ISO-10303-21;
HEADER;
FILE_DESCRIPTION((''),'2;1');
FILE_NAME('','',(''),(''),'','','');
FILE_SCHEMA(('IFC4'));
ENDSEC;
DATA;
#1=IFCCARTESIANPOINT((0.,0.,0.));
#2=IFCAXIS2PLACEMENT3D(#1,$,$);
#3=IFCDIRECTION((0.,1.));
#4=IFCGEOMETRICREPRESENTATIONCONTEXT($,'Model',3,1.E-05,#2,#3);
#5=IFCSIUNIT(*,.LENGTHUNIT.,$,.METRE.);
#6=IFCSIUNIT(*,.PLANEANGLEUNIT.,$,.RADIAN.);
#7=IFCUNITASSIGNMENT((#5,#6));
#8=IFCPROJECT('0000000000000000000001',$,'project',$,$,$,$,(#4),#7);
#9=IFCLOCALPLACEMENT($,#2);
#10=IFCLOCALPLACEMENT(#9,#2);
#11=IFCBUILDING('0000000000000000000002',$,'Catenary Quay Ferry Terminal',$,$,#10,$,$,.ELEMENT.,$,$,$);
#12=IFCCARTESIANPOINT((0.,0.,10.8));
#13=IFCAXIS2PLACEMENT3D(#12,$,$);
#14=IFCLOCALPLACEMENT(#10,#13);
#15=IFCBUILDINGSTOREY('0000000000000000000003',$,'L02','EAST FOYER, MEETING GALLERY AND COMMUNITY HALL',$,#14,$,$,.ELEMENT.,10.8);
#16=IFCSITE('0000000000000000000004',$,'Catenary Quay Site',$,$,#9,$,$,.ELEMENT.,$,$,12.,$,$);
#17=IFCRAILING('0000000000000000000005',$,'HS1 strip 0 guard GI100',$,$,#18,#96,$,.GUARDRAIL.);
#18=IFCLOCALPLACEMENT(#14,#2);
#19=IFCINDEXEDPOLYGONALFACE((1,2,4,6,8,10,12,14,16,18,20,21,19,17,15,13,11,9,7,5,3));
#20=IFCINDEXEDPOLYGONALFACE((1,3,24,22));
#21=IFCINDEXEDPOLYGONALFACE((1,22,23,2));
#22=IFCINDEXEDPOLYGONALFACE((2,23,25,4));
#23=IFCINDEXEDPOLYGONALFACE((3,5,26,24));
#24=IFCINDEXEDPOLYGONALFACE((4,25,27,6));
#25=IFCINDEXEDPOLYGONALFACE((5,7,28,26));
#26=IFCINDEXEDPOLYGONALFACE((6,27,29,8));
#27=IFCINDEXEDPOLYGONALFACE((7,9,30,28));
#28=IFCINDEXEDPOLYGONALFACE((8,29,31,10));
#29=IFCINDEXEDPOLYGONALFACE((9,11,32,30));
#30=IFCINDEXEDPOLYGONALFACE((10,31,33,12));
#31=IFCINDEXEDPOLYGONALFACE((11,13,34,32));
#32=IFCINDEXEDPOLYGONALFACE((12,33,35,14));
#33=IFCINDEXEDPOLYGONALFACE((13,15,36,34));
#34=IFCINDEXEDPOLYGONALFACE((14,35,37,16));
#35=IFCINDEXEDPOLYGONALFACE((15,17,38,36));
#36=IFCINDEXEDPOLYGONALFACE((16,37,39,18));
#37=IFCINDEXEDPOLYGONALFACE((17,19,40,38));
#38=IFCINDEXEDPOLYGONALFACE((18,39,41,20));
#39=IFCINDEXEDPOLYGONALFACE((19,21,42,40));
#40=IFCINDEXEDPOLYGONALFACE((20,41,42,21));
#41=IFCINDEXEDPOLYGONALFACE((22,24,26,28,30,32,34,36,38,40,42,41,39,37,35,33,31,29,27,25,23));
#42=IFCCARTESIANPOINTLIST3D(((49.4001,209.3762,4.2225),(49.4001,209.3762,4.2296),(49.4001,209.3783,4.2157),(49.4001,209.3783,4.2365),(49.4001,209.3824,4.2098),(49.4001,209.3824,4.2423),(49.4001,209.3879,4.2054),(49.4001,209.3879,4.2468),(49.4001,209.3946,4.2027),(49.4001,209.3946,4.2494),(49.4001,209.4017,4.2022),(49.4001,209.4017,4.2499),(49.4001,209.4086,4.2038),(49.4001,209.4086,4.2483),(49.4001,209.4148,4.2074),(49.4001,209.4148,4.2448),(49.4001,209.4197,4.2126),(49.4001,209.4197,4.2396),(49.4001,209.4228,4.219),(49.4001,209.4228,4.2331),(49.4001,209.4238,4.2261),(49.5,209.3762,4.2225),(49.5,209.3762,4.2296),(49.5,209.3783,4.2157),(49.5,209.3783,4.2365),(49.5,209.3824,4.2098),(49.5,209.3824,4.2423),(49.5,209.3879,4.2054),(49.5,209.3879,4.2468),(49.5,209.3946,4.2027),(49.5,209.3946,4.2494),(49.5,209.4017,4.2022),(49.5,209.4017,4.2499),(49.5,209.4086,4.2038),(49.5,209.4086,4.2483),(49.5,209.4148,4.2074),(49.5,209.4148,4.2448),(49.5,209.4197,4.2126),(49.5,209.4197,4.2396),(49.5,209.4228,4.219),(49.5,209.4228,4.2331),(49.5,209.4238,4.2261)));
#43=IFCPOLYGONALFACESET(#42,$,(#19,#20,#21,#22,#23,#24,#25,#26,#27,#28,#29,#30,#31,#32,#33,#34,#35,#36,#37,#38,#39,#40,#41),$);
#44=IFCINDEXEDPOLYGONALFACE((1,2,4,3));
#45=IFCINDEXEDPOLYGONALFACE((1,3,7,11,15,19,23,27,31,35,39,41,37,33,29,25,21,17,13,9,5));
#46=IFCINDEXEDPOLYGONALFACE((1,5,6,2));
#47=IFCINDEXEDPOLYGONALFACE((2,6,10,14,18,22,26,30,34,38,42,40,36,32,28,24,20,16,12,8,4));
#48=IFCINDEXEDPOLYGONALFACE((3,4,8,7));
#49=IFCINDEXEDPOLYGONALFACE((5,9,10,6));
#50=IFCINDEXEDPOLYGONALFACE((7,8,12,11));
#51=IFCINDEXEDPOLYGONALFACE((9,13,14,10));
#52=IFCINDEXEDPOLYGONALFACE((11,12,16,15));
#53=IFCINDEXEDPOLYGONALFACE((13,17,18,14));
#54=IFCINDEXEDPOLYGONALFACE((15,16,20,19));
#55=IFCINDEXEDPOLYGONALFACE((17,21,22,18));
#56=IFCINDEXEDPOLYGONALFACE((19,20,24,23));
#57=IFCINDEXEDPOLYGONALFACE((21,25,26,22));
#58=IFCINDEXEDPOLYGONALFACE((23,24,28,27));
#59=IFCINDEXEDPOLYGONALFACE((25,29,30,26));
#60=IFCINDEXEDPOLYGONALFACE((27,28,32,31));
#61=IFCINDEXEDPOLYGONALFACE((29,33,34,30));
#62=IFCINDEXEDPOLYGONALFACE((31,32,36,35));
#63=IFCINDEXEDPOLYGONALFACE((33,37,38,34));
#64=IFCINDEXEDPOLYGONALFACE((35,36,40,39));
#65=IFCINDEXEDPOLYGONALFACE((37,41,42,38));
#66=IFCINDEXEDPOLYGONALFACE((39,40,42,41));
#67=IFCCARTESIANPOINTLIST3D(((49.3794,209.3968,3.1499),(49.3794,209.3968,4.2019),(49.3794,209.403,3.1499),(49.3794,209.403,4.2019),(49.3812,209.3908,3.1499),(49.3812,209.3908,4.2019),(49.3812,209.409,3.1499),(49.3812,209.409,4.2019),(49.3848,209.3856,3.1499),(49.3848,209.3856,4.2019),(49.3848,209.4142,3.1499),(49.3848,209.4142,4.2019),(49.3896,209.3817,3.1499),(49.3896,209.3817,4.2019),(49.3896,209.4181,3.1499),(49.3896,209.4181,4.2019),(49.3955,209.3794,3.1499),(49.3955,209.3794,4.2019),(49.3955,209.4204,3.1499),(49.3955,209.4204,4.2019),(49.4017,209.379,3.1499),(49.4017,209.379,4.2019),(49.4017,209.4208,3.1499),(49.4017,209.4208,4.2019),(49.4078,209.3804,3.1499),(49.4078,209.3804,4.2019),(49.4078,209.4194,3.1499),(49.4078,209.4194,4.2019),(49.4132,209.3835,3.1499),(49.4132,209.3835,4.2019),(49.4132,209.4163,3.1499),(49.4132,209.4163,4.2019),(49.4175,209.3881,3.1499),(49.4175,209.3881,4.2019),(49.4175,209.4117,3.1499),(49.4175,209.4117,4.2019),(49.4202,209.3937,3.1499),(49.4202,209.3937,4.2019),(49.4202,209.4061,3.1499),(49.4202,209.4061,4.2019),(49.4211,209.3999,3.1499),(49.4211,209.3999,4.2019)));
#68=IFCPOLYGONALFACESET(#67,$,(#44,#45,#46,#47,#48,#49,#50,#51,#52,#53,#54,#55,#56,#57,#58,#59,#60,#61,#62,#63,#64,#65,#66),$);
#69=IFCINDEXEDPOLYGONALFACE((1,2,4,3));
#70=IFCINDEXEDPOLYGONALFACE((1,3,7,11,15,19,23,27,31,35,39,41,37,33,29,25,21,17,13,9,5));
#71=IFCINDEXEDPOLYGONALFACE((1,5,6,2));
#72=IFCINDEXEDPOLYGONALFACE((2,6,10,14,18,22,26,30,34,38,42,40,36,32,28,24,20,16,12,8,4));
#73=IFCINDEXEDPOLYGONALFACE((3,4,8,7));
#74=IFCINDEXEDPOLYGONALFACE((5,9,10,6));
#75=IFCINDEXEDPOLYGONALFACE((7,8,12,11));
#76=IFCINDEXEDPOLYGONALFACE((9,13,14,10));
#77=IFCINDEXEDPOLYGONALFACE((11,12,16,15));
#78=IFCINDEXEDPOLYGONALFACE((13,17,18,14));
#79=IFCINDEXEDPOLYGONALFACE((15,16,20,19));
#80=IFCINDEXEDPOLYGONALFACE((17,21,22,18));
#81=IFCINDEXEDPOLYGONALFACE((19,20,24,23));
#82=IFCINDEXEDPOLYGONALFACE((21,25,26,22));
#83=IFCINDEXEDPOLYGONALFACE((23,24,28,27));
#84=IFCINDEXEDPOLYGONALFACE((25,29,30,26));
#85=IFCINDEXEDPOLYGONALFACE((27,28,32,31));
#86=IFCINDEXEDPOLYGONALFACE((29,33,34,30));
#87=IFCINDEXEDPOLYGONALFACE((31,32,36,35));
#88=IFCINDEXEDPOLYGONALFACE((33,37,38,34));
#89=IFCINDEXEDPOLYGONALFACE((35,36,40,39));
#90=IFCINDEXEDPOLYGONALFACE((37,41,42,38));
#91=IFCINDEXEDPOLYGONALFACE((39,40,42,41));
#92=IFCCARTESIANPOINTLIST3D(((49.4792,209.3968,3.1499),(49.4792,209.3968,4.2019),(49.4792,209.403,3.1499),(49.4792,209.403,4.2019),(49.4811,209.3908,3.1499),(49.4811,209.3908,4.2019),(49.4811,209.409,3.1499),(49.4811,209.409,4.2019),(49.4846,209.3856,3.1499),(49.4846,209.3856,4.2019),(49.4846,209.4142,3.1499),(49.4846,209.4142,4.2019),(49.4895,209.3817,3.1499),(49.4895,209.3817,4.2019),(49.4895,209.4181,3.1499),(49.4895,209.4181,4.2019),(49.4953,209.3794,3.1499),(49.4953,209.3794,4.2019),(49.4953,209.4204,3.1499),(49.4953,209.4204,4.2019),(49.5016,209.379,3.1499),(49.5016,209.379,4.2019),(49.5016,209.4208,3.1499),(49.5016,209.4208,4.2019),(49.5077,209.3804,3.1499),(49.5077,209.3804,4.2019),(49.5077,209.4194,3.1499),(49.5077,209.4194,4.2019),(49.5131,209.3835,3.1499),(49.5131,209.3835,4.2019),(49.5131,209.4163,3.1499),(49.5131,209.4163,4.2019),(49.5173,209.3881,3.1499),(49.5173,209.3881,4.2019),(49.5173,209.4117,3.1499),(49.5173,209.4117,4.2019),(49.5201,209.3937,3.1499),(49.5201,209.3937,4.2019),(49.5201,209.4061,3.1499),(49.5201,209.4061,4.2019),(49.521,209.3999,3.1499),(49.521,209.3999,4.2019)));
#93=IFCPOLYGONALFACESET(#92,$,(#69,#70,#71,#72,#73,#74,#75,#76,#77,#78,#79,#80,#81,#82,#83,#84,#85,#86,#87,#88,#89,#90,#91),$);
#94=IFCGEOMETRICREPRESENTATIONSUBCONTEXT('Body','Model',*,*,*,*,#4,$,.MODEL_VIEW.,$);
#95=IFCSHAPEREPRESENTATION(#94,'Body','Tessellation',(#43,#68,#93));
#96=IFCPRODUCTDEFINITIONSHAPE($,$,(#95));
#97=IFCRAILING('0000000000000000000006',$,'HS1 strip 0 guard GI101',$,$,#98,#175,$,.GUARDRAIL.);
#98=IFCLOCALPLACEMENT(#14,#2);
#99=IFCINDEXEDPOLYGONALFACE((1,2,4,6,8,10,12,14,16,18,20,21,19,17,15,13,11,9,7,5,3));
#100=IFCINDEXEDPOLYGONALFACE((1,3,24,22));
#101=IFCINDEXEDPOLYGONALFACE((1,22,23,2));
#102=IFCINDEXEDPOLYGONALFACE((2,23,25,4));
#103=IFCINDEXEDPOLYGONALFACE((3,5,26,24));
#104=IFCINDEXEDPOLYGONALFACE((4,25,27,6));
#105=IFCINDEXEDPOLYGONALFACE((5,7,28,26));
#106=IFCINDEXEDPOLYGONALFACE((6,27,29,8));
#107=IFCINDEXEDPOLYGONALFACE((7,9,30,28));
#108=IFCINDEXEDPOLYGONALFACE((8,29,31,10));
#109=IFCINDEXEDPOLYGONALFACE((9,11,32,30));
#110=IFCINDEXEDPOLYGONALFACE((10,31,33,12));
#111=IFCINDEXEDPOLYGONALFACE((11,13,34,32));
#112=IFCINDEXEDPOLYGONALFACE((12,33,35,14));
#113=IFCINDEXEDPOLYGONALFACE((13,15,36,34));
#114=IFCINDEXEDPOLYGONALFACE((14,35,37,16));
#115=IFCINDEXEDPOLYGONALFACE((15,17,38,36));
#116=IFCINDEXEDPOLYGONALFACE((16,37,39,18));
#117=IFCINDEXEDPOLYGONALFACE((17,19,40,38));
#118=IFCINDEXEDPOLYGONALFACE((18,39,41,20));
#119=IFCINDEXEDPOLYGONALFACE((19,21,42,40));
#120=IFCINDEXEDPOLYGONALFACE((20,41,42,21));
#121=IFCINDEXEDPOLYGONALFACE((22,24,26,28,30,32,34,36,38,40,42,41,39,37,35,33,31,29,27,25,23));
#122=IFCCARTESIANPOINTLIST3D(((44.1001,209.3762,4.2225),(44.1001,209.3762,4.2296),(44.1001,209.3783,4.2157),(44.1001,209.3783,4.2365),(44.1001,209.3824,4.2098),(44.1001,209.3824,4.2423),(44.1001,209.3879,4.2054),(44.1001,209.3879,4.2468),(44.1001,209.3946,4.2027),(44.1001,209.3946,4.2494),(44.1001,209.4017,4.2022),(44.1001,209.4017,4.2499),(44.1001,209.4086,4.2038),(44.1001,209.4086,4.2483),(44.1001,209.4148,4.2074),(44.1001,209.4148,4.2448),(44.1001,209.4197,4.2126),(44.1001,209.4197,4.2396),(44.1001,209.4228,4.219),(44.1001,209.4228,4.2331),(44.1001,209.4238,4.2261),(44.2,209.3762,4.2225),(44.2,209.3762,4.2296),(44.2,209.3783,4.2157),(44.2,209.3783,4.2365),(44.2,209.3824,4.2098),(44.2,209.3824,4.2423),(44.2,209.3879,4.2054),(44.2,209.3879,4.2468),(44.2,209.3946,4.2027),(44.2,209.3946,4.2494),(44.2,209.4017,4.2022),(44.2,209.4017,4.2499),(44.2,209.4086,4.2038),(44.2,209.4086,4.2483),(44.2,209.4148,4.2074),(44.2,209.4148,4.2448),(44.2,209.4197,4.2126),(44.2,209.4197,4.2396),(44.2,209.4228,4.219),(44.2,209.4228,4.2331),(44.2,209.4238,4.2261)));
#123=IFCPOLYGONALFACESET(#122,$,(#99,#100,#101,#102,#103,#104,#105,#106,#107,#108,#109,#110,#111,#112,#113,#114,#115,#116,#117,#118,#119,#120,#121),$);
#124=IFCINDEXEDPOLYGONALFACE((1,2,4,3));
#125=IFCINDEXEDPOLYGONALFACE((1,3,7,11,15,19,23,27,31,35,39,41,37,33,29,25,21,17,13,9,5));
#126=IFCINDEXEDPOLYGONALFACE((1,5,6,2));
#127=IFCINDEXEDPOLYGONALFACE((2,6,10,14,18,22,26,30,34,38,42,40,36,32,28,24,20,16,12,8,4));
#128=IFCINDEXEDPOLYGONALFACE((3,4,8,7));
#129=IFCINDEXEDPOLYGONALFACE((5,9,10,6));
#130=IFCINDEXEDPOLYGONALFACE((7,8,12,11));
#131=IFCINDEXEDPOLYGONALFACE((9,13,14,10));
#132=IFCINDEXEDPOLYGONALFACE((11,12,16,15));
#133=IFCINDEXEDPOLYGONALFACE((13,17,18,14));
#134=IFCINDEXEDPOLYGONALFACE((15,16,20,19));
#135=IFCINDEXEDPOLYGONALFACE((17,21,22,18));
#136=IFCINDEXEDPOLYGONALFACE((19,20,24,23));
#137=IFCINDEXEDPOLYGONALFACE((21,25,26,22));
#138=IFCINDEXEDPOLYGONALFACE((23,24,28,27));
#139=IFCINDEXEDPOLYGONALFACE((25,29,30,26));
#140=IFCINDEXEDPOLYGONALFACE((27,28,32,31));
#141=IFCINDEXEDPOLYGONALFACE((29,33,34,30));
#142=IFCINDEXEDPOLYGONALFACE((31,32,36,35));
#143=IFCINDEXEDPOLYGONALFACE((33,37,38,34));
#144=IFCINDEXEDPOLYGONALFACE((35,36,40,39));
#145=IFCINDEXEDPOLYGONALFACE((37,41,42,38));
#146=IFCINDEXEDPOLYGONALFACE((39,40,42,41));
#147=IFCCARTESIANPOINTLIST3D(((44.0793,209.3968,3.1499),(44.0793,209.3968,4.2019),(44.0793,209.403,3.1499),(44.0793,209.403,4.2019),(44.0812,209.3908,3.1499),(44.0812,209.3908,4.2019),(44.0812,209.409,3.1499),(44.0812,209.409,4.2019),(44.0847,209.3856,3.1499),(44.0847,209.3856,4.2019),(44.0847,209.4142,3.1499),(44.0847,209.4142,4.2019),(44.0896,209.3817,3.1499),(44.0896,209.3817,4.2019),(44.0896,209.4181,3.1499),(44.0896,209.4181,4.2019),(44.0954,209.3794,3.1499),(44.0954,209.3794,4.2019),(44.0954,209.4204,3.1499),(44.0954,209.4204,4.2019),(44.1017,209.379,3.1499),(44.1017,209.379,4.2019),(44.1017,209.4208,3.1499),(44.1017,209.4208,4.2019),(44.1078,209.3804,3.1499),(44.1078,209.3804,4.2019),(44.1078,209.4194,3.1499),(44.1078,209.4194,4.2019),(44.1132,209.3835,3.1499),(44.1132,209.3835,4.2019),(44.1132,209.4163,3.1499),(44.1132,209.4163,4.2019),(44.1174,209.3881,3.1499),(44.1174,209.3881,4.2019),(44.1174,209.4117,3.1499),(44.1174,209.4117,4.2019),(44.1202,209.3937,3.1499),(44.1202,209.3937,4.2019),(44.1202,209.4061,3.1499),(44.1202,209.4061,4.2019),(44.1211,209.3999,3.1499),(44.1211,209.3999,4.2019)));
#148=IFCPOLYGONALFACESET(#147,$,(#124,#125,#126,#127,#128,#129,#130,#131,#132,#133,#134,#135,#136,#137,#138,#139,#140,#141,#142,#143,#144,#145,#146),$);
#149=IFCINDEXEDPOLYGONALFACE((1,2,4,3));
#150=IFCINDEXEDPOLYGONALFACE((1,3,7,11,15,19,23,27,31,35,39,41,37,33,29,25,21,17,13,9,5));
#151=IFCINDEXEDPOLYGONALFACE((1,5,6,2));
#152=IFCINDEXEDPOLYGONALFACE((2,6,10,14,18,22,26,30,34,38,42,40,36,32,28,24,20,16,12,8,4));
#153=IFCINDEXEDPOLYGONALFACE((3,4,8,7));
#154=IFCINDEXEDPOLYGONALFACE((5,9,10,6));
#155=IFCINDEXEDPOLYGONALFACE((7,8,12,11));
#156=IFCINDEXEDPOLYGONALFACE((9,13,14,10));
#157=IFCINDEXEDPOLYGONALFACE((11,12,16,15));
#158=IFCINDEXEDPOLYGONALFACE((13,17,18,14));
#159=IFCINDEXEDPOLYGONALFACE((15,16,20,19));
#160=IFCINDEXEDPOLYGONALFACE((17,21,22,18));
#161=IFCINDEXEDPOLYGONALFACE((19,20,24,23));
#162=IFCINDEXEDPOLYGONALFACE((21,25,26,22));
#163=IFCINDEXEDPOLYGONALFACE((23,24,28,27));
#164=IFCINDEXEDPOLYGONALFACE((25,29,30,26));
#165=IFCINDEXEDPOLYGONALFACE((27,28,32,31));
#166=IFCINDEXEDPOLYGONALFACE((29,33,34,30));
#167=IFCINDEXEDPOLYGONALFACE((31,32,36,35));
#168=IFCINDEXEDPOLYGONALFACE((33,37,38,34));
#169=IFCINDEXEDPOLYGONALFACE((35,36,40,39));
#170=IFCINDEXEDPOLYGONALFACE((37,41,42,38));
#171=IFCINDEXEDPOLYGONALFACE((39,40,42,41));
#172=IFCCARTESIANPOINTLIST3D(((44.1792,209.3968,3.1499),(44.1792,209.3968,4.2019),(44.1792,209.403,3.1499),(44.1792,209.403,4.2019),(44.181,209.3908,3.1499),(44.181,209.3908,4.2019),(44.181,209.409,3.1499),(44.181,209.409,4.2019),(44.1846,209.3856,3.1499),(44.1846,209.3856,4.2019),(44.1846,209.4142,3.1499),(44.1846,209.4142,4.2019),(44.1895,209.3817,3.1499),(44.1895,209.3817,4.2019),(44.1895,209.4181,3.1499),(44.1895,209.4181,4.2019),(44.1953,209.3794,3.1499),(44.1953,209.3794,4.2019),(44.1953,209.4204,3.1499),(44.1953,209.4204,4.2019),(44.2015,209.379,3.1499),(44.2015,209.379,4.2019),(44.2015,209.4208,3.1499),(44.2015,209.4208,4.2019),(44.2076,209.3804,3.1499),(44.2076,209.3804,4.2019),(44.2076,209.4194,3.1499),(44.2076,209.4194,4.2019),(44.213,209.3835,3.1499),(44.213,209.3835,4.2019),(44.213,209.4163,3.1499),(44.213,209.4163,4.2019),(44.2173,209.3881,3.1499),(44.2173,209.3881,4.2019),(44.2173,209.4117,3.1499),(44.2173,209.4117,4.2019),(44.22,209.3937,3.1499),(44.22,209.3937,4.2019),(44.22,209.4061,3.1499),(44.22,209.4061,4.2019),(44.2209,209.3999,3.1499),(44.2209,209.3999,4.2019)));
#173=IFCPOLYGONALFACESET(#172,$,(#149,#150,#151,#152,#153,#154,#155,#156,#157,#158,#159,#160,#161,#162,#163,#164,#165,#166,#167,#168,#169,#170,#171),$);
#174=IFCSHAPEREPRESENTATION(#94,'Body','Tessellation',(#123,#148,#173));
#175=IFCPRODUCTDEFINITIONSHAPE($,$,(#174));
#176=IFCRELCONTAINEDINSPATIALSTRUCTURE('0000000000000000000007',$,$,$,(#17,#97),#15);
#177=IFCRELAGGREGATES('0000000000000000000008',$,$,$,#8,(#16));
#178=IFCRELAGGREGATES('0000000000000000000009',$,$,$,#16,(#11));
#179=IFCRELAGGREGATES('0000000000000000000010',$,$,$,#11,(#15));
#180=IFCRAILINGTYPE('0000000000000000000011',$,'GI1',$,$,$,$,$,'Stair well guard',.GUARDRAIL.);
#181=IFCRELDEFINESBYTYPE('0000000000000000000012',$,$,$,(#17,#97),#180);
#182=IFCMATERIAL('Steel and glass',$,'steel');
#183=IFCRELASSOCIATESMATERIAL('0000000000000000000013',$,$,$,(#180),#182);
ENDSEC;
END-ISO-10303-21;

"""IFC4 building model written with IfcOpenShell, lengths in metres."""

from ifc_helpers import new_model, si_unit, direction, frame, origin, origin_2d, place, context, subcontext, project, spatial, circle, extrude, material, type_object, element, save


model = new_model("IFC4")

# Units and contexts
model_context = context("Model", 3, precision=1e-05, world=origin(), true_north=direction((0.0, 1.0)))
body_context = subcontext(model_context, "Body", "Model", "MODEL_VIEW")
ifc_project = project(units=[si_unit("LENGTHUNIT", "METRE"), si_unit("PLANEANGLEUNIT", "RADIAN")], contexts=[model_context])

# Site, building, storey
site_placement = place(None, origin())
site = spatial("IfcSite", under=ifc_project, at=site_placement, Name="Catenary Quay Site", CompositionType="ELEMENT", RefElevation=12.0)
building_placement = place(site_placement, origin())
building = spatial("IfcBuilding", under=site, at=building_placement, Name="Catenary Quay Ferry Terminal", CompositionType="ELEMENT")
storey_placement = place(building_placement, frame((0.0, 0.0, 10.8)))
storey = spatial("IfcBuildingStorey", under=building, at=storey_placement, Name="L02", Description="EAST FOYER, MEETING GALLERY AND COMMUNITY HALL", CompositionType="ELEMENT", Elevation=10.8)

# Railings
ifc_material_1 = material(Name="Steel and glass", Category="steel")
railing_type_1 = type_object("IfcRailingType", Name="GI1", ElementType="Stair well guard", PredefinedType="GUARDRAIL", material=ifc_material_1)
for number, where, name in (
    (1, (49.4001, 209.3999, 3.1499), "HS1 strip 0 guard GI100"),
    (2, (44.1001, 209.3999, 3.1499), "HS1 strip 0 guard GI101"),
):
    element("IfcRailing", number, at=place(storey_placement, frame(where)), inside=storey, type_object=railing_type_1, Name=name, PredefinedType="GUARDRAIL", context=body_context, shape_type="SweptSolid", body=[
        extrude(circle(Radius=0.0239, at=origin_2d()), frame((0.0, 0.0, 1.0762), z_axis=(1.0, 0.0, 0.0), x_axis=(0.0, 1.0, 0.0)), (0.0, 0.0, 1.0), 0.0999),
        extrude(circle(Radius=0.021, at=origin_2d()), origin(), (0.0, 0.0, 1.0), 1.052),
        extrude(circle(Radius=0.021, at=origin_2d()), frame((0.0999, 0.0, 0.0)), (0.0, 0.0, 1.0), 1.052),
    ])

save(model, "model.ifc")
